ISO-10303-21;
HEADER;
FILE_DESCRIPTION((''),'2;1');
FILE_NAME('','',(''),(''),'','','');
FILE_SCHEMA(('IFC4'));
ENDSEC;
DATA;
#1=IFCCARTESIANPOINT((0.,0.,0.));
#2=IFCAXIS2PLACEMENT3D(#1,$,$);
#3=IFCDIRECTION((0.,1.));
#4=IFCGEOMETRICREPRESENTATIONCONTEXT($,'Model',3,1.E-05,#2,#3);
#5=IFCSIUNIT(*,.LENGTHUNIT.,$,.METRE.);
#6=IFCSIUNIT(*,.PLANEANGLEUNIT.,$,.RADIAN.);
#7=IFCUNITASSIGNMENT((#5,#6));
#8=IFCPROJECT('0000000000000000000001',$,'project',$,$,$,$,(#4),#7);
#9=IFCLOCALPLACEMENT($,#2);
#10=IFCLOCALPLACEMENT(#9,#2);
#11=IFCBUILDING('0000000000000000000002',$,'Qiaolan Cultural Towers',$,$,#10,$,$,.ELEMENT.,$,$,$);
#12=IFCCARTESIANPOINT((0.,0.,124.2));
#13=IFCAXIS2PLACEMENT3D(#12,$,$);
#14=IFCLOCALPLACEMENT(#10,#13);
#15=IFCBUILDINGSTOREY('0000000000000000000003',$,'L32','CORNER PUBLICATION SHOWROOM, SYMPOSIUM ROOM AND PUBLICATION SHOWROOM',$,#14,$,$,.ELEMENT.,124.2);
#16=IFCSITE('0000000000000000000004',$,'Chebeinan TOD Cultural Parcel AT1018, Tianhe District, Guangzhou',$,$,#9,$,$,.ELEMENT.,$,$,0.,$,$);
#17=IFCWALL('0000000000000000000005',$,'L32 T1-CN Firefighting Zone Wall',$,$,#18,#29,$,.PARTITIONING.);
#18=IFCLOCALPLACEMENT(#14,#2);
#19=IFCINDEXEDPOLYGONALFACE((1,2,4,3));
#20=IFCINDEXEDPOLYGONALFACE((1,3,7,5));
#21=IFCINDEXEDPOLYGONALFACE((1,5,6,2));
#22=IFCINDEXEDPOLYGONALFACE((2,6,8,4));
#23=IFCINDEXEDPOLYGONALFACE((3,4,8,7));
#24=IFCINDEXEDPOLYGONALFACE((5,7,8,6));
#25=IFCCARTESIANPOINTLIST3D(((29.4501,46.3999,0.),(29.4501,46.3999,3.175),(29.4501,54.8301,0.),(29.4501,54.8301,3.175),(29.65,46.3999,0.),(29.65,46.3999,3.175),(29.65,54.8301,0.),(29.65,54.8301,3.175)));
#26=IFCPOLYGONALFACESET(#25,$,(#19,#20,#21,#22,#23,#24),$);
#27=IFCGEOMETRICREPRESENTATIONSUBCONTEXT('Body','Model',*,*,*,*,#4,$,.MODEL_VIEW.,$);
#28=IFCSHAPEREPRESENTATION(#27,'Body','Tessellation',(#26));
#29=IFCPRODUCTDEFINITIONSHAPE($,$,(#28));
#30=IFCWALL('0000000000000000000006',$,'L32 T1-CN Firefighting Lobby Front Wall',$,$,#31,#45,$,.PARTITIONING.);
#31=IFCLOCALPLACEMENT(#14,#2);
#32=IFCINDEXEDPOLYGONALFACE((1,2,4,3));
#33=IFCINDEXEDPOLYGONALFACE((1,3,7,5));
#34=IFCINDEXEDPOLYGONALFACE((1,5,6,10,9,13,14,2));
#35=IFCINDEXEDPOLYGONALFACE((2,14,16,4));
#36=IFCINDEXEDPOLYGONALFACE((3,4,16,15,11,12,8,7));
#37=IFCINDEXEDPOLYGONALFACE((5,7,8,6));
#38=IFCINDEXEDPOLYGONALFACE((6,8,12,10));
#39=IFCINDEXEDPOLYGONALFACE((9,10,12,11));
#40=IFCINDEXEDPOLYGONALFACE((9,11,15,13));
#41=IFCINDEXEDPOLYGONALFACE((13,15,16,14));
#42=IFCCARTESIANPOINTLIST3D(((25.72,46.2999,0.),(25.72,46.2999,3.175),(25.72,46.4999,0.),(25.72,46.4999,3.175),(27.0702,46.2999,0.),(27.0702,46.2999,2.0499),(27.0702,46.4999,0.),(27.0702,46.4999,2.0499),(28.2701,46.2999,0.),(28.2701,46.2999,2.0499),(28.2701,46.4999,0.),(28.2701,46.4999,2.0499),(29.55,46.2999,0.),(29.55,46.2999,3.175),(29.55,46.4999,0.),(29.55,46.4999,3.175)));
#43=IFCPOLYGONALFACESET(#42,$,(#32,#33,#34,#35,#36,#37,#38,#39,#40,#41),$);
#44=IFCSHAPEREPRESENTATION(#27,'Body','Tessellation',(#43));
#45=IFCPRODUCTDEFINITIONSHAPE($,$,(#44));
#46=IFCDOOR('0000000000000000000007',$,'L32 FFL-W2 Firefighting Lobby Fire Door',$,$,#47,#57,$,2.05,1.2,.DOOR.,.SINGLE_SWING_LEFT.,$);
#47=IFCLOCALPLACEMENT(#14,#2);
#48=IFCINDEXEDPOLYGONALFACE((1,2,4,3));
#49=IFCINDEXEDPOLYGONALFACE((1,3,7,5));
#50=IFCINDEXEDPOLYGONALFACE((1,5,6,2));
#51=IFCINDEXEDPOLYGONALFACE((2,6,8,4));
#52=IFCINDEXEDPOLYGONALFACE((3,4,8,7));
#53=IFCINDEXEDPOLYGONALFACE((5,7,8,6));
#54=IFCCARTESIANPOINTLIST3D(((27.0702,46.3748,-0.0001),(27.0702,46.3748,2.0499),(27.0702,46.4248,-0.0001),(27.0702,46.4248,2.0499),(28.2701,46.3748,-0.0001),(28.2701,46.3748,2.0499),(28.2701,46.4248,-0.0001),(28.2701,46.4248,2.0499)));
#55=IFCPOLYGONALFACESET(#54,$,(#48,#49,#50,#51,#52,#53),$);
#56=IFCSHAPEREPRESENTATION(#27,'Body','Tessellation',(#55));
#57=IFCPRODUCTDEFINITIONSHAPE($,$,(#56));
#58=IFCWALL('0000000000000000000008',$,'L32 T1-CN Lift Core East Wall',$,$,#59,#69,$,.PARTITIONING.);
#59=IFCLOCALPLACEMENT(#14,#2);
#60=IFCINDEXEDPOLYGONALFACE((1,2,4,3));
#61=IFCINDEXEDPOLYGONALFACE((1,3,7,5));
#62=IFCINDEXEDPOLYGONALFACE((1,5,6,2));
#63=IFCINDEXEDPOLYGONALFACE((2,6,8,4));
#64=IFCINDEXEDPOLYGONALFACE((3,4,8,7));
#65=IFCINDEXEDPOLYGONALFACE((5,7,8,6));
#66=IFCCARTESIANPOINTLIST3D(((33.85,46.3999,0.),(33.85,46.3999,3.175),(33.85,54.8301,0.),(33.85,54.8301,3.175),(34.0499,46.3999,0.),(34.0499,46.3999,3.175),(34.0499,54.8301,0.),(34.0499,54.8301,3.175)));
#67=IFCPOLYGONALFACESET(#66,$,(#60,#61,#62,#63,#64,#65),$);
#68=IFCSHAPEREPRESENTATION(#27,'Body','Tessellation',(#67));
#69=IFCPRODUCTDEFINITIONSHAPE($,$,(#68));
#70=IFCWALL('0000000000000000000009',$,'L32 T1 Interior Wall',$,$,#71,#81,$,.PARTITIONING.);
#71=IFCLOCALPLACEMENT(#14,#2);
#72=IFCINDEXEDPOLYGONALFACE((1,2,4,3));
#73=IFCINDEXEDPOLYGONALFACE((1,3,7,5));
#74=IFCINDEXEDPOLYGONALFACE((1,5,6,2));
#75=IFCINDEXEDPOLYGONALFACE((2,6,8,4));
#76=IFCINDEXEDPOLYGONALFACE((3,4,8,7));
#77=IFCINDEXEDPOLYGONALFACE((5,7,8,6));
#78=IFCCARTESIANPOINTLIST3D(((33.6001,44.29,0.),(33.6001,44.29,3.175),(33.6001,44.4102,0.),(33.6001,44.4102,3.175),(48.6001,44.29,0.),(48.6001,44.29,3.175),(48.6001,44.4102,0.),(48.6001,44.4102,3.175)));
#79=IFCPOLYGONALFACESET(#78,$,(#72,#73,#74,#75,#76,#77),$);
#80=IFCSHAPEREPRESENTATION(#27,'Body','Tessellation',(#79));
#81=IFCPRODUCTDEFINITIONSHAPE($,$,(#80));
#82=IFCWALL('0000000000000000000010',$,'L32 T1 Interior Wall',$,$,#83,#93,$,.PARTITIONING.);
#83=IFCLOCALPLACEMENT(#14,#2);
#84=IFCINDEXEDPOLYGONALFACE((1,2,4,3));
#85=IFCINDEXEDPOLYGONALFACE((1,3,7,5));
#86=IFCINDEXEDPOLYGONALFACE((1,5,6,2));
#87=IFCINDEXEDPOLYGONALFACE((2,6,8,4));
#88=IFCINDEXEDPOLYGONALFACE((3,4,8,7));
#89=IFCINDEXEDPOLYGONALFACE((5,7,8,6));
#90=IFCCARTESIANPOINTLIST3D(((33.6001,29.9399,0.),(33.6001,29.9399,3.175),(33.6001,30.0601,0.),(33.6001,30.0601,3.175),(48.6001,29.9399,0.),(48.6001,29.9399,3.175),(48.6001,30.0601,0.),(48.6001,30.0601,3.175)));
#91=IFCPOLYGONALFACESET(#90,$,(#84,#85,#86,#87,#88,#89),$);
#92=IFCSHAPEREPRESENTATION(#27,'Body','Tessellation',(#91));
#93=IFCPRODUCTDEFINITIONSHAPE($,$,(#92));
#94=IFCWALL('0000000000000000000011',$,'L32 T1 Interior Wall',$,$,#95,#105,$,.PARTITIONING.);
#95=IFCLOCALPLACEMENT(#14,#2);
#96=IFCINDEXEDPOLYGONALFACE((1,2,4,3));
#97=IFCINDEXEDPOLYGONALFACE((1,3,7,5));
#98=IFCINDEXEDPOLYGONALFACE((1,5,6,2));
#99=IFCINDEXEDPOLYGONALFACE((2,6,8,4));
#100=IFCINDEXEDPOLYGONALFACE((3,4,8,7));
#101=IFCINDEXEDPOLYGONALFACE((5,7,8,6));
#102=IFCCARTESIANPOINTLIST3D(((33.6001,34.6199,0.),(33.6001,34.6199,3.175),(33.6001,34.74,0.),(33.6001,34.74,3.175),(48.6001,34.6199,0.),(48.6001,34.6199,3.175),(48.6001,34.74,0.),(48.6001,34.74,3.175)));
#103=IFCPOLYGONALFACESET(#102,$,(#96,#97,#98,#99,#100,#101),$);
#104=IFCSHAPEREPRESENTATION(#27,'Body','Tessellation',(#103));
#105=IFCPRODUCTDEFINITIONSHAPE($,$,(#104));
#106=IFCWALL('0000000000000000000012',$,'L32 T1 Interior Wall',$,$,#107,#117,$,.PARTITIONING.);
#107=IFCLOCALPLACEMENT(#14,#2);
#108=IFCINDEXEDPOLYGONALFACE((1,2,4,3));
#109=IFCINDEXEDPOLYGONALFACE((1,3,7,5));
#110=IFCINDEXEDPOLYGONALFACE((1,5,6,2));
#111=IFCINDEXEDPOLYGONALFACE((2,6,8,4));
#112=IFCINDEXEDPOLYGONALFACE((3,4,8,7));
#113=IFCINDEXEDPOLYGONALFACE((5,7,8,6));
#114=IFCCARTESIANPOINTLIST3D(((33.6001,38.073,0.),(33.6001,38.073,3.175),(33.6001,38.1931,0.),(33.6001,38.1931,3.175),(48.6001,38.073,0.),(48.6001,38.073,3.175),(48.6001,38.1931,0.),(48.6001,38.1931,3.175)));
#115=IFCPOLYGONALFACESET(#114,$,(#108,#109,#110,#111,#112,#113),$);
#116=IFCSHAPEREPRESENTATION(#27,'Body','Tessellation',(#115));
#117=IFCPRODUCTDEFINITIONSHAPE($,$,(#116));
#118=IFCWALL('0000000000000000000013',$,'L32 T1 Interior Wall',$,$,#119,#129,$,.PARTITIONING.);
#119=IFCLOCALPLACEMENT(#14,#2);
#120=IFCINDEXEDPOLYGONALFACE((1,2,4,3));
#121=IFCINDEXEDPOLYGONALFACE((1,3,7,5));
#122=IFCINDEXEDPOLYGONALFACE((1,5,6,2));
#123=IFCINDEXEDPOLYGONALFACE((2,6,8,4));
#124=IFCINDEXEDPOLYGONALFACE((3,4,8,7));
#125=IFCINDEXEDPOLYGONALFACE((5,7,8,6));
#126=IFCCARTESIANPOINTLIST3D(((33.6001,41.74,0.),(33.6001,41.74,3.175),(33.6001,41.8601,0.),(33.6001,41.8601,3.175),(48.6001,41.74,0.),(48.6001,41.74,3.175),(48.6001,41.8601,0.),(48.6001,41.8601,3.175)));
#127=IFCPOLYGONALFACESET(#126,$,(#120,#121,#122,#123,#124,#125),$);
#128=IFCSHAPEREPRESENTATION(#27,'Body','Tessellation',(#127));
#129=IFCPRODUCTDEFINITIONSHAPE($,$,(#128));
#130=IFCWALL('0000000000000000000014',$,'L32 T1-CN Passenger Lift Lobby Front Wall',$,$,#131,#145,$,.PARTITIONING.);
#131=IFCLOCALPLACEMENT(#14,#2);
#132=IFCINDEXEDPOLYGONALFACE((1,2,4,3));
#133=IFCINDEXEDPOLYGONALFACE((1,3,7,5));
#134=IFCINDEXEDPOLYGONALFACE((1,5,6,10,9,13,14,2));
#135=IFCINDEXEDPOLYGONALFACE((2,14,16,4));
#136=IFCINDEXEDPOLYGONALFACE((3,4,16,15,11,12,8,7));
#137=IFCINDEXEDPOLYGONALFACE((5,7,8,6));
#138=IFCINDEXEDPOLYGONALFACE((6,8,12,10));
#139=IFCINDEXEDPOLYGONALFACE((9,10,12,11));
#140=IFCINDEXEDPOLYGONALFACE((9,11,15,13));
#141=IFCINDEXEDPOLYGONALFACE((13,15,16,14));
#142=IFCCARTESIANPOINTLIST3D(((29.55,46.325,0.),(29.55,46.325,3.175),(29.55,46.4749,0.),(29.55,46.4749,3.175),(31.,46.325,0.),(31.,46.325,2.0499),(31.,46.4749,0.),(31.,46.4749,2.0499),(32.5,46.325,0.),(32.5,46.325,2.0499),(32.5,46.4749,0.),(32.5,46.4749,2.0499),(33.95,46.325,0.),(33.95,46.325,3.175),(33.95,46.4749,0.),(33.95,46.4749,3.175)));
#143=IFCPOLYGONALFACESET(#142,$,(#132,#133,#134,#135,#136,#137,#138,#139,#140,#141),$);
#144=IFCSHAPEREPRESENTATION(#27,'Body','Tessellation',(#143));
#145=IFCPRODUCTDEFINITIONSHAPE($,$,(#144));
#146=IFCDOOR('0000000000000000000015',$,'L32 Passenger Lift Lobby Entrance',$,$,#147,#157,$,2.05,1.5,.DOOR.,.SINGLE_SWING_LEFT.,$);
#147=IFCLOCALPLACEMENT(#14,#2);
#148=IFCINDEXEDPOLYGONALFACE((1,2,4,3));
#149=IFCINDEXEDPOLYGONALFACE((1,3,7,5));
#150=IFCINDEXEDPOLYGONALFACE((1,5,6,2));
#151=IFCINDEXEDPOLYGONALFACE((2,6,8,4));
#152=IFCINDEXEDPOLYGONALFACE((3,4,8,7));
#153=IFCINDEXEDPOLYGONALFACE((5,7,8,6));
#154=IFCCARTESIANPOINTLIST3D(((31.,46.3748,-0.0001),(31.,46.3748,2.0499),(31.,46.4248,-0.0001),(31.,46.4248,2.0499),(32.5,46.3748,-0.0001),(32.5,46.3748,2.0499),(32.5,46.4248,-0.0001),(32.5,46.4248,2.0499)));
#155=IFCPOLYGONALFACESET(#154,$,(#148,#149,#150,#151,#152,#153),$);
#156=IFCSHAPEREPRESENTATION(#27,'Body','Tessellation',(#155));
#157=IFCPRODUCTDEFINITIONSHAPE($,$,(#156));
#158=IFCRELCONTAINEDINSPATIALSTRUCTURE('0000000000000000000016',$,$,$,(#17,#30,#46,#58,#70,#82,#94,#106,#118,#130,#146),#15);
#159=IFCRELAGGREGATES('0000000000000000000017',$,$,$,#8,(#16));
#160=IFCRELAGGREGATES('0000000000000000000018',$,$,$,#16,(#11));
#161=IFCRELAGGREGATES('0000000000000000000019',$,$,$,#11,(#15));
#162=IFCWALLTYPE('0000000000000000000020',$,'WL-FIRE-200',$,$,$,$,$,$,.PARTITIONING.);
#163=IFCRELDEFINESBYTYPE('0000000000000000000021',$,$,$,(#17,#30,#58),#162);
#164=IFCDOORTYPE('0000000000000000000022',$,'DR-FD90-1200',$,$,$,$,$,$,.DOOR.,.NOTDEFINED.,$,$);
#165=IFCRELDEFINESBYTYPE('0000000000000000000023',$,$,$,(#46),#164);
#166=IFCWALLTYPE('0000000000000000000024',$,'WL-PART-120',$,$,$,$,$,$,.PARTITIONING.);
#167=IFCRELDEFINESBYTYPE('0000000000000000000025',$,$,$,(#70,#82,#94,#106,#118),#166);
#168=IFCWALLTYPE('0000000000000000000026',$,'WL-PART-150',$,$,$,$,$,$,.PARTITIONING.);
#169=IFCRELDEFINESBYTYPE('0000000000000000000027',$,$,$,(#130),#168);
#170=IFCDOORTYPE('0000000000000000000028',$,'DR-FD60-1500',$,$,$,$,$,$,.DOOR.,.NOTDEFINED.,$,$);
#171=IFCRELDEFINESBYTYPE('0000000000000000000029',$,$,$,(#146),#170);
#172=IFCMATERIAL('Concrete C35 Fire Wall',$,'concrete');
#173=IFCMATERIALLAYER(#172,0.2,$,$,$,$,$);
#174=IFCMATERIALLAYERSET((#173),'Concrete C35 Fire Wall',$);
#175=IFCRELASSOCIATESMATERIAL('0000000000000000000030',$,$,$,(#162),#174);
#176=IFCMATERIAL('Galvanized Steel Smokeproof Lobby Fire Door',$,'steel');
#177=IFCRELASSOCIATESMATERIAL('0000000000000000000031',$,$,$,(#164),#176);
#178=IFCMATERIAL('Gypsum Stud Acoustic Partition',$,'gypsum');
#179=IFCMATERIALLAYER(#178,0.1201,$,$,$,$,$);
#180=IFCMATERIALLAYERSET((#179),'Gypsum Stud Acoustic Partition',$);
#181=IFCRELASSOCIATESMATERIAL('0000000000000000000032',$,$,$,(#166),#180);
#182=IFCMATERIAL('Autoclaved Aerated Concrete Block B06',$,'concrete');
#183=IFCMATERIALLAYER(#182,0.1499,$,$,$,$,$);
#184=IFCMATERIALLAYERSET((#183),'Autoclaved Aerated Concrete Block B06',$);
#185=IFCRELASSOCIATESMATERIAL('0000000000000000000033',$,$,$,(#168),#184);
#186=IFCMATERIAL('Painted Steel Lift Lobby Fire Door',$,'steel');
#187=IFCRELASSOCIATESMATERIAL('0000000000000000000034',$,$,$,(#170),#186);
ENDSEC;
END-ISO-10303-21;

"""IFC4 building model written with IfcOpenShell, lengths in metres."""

from ifc_helpers import new_model, si_unit, direction, frame, frame_2d, origin, place, context, subcontext, project, spatial, rectangle, extrude, material, layer, layer_set, type_object, element, fill, save


model = new_model("IFC4")

# Units and contexts
model_context = context("Model", 3, precision=1e-05, world=origin(), true_north=direction((0.0, 1.0)))
body_context = subcontext(model_context, "Body", "Model", "MODEL_VIEW")
ifc_project = project(units=[si_unit("LENGTHUNIT", "METRE"), si_unit("PLANEANGLEUNIT", "RADIAN")], contexts=[model_context])

# Site, building, storey
site_placement = place(None, origin())
site = spatial("IfcSite", under=ifc_project, at=site_placement, Name="Chebeinan TOD Cultural Parcel AT1018, Tianhe District, Guangzhou", CompositionType="ELEMENT", RefElevation=0.0)
building_placement = place(site_placement, origin())
building = spatial("IfcBuilding", under=site, at=building_placement, Name="Qiaolan Cultural Towers", CompositionType="ELEMENT")
storey_placement = place(building_placement, frame((0.0, 0.0, 124.2)))
storey = spatial("IfcBuildingStorey", under=building, at=storey_placement, Name="L32", Description="CORNER PUBLICATION SHOWROOM, SYMPOSIUM ROOM AND PUBLICATION SHOWROOM", CompositionType="ELEMENT", Elevation=124.2)

# Shared definitions
ifc_material_1 = material(Name="Concrete C35 Fire Wall", Category="concrete")
ifc_layer_1 = layer(ifc_material_1, 0.2)
ifc_layer_set_1 = layer_set([ifc_layer_1], Name="Concrete C35 Fire Wall")
wall_type_1 = type_object("IfcWallType", Name="WL-FIRE-200", PredefinedType="PARTITIONING", material=ifc_layer_set_1)

# Wall
wall_1_placement = place(storey_placement, frame((29.55, 46.3999, 0.0), z_axis=(0.0, 0.0, 1.0), x_axis=(0.0, 1.0, 0.0)))
element("IfcWall", 1, at=wall_1_placement, inside=storey, type_object=wall_type_1, Name="L32 T1-CN Firefighting Zone Wall", PredefinedType="PARTITIONING", context=body_context, shape_type="SweptSolid", body=[
    extrude(rectangle(XDim=8.4302, YDim=0.2, at=frame_2d((4.2151, 0.0))), origin(), (0.0, 0.0, 1.0), 3.175),
])

# Wall, opening, door
wall_2_placement = place(storey_placement, frame((25.72, 46.3999, 0.0), z_axis=(0.0, 0.0, 1.0), x_axis=(1.0, 0.0, 0.0)))
wall_2 = element("IfcWall", 2, at=wall_2_placement, inside=storey, type_object=wall_type_1, Name="L32 T1-CN Firefighting Lobby Front Wall", PredefinedType="PARTITIONING", context=body_context, shape_type="SweptSolid", body=[
    extrude(rectangle(XDim=3.8301, YDim=0.2, at=frame_2d((1.915, 0.0))), origin(), (0.0, 0.0, 1.0), 3.175),
])
opening_1_placement = place(wall_2_placement, frame((1.3501, 0.0, 0.0)))
opening_1 = element("IfcOpeningElement", 3, at=opening_1_placement, cuts=wall_2, PredefinedType="OPENING", context=body_context, shape_type="SweptSolid", body=[
    extrude(rectangle(XDim=1.2, YDim=2.05, at=frame_2d((0.6001, 1.0249))), frame((0.0, 0.1099, 0.0), z_axis=(0.0, -1.0, 0.0), x_axis=(1.0, 0.0, 0.0)), (0.0, 0.0, 1.0), 0.22),
])
ifc_material_2 = material(Name="Galvanized Steel Smokeproof Lobby Fire Door", Category="steel")
door_type_1 = type_object("IfcDoorType", Name="DR-FD90-1200", OperationType="NOTDEFINED", PredefinedType="DOOR", material=ifc_material_2)
door_1_placement = place(opening_1_placement, origin())
door_1 = element("IfcDoor", 4, at=door_1_placement, inside=storey, type_object=door_type_1, Name="L32 FFL-W2 Firefighting Lobby Fire Door", OperationType="SINGLE_SWING_LEFT", OverallHeight=2.05, OverallWidth=1.2, PredefinedType="DOOR", context=body_context, shape_type="SweptSolid", body=[
    extrude(rectangle(XDim=1.2, YDim=2.05, at=frame_2d((0.6001, 1.0249))), frame((0.0, 0.0249, 0.0), z_axis=(0.0, -1.0, 0.0), x_axis=(1.0, 0.0, 0.0)), (0.0, 0.0, 1.0), 0.05),
])
fill(opening_1, door_1)

# Walls
wall_3_placement = place(storey_placement, frame((33.95, 46.3999, 0.0), z_axis=(0.0, 0.0, 1.0), x_axis=(0.0, 1.0, 0.0)))
element("IfcWall", 5, at=wall_3_placement, inside=storey, type_object=wall_type_1, Name="L32 T1-CN Lift Core East Wall", PredefinedType="PARTITIONING", context=body_context, shape_type="SweptSolid", body=[
    extrude(rectangle(XDim=8.4302, YDim=0.2, at=frame_2d((4.2151, 0.0))), origin(), (0.0, 0.0, 1.0), 3.175),
])
ifc_material_3 = material(Name="Gypsum Stud Acoustic Partition", Category="gypsum")
ifc_layer_2 = layer(ifc_material_3, 0.1201)
ifc_layer_set_2 = layer_set([ifc_layer_2], Name="Gypsum Stud Acoustic Partition")
wall_type_2 = type_object("IfcWallType", Name="WL-PART-120", PredefinedType="PARTITIONING", material=ifc_layer_set_2)
for number, where, z_axis, x_axis, name in (
    (6, (33.6001, 44.3501, 0.0), (0.0, 0.0, 1.0), (1.0, 0.0, 0.0), "L32 T1 Interior Wall"),
    (7, (33.6001, 30.0, 0.0), (0.0, 0.0, 1.0), (1.0, 0.0, 0.0), "L32 T1 Interior Wall"),
    (8, (33.6001, 34.6799, 0.0), (0.0, 0.0, 1.0), (1.0, 0.0, 0.0), "L32 T1 Interior Wall"),
    (9, (33.6001, 38.1331, 0.0), (0.0, 0.0, 1.0), (1.0, 0.0, 0.0), "L32 T1 Interior Wall"),
    (10, (33.6001, 41.8, 0.0), (0.0, 0.0, 1.0), (1.0, 0.0, 0.0), "L32 T1 Interior Wall"),
):
    element("IfcWall", number, at=place(storey_placement, frame(where, z_axis=z_axis, x_axis=x_axis)), inside=storey, type_object=wall_type_2, Name=name, PredefinedType="PARTITIONING", context=body_context, shape_type="SweptSolid", body=[
        extrude(rectangle(XDim=15.0, YDim=0.1201, at=frame_2d((7.5, 0.0))), origin(), (0.0, 0.0, 1.0), 3.175),
    ])

# Wall, opening, door
ifc_material_4 = material(Name="Autoclaved Aerated Concrete Block B06", Category="concrete")
ifc_layer_3 = layer(ifc_material_4, 0.1499)
ifc_layer_set_3 = layer_set([ifc_layer_3], Name="Autoclaved Aerated Concrete Block B06")
wall_type_3 = type_object("IfcWallType", Name="WL-PART-150", PredefinedType="PARTITIONING", material=ifc_layer_set_3)
wall_4_placement = place(storey_placement, frame((29.55, 46.3999, 0.0), z_axis=(0.0, 0.0, 1.0), x_axis=(1.0, 0.0, 0.0)))
wall_4 = element("IfcWall", 11, at=wall_4_placement, inside=storey, type_object=wall_type_3, Name="L32 T1-CN Passenger Lift Lobby Front Wall", PredefinedType="PARTITIONING", context=body_context, shape_type="SweptSolid", body=[
    extrude(rectangle(XDim=4.3999, YDim=0.1499, at=frame_2d((2.2, 0.0))), origin(), (0.0, 0.0, 1.0), 3.175),
])
opening_2_placement = place(wall_4_placement, frame((1.45, 0.0, 0.0)))
opening_2 = element("IfcOpeningElement", 12, at=opening_2_placement, cuts=wall_4, PredefinedType="OPENING", context=body_context, shape_type="SweptSolid", body=[
    extrude(rectangle(XDim=1.5, YDim=2.05, at=frame_2d((0.75, 1.0249))), frame((0.0, 0.085, 0.0), z_axis=(0.0, -1.0, 0.0), x_axis=(1.0, 0.0, 0.0)), (0.0, 0.0, 1.0), 0.1699),
])
ifc_material_5 = material(Name="Painted Steel Lift Lobby Fire Door", Category="steel")
door_type_2 = type_object("IfcDoorType", Name="DR-FD60-1500", OperationType="NOTDEFINED", PredefinedType="DOOR", material=ifc_material_5)
door_2_placement = place(opening_2_placement, origin())
door_2 = element("IfcDoor", 13, at=door_2_placement, inside=storey, type_object=door_type_2, Name="L32 Passenger Lift Lobby Entrance", OperationType="SINGLE_SWING_LEFT", OverallHeight=2.05, OverallWidth=1.5, PredefinedType="DOOR", context=body_context, shape_type="SweptSolid", body=[
    extrude(rectangle(XDim=1.5, YDim=2.05, at=frame_2d((0.75, 1.0249))), frame((0.0, 0.0249, 0.0), z_axis=(0.0, -1.0, 0.0), x_axis=(1.0, 0.0, 0.0)), (0.0, 0.0, 1.0), 0.05),
])
fill(opening_2, door_2)

save(model, "model.ifc")
